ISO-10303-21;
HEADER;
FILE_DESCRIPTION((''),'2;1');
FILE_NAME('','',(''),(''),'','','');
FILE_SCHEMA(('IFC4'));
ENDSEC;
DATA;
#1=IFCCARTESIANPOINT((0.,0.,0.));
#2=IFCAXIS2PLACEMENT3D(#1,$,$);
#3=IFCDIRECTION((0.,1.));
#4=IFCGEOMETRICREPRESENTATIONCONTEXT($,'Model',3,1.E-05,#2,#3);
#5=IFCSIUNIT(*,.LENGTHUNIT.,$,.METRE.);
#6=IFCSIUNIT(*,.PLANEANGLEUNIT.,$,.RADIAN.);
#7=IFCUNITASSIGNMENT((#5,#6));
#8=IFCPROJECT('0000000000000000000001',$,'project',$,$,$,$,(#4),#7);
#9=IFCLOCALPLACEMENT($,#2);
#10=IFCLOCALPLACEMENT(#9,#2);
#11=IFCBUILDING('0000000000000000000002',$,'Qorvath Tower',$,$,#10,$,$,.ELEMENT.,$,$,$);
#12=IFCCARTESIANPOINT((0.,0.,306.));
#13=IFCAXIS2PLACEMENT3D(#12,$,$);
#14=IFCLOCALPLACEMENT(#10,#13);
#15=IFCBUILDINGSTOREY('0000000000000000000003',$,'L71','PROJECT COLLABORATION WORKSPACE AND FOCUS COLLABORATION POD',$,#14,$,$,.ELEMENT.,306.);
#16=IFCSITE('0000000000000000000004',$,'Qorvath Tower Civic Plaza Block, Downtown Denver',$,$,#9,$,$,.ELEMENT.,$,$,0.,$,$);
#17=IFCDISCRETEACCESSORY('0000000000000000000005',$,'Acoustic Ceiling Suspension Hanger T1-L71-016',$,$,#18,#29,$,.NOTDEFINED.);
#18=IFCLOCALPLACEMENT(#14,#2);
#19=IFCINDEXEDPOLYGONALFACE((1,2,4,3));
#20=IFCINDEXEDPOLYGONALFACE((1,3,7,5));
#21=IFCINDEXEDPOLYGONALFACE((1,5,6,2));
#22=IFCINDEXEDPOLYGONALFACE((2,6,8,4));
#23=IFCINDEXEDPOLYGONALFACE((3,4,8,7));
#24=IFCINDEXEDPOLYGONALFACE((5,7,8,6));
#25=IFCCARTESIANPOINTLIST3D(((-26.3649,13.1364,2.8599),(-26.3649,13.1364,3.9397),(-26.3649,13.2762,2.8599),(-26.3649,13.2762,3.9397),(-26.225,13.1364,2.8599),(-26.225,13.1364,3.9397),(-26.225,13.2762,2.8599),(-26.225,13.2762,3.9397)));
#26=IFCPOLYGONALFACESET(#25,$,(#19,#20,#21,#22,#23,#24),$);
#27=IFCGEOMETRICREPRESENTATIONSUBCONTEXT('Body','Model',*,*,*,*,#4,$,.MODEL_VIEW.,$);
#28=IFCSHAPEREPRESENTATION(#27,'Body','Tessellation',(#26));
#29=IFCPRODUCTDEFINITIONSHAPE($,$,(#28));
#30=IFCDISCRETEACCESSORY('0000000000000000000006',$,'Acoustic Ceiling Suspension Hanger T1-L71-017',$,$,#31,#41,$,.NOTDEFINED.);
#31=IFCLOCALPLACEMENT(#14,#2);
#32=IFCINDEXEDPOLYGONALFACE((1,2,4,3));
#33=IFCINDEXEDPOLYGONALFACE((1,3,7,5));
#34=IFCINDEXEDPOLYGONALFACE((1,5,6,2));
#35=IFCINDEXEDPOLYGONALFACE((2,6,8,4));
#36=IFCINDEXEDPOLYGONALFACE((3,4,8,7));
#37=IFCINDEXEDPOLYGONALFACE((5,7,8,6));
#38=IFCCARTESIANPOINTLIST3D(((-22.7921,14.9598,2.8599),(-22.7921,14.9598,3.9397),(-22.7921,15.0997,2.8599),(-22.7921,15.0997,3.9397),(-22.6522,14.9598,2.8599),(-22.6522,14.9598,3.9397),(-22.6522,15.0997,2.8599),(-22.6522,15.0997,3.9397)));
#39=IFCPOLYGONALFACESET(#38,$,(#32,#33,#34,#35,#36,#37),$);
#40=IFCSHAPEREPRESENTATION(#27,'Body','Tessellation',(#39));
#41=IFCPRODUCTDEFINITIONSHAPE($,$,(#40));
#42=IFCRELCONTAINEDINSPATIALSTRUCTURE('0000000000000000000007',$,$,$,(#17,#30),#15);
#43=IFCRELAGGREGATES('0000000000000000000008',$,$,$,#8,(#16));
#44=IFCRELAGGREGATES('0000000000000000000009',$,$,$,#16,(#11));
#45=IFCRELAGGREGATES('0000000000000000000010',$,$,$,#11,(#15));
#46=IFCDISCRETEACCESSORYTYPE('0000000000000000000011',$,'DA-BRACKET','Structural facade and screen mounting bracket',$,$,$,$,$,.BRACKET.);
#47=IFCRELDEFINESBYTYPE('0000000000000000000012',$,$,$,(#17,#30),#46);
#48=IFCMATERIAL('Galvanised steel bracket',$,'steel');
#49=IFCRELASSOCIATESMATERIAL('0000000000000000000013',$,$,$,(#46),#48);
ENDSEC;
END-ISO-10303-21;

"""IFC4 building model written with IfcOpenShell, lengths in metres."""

from ifc_helpers import new_model, si_unit, direction, frame, origin, origin_2d, place, context, subcontext, project, spatial, rectangle, extrude, material, type_object, element, save


model = new_model("IFC4")

# Units and contexts
model_context = context("Model", 3, precision=1e-05, world=origin(), true_north=direction((0.0, 1.0)))
body_context = subcontext(model_context, "Body", "Model", "MODEL_VIEW")
ifc_project = project(units=[si_unit("LENGTHUNIT", "METRE"), si_unit("PLANEANGLEUNIT", "RADIAN")], contexts=[model_context])

# Site, building, storey
site_placement = place(None, origin())
site = spatial("IfcSite", under=ifc_project, at=site_placement, Name="Qorvath Tower Civic Plaza Block, Downtown Denver", CompositionType="ELEMENT", RefElevation=0.0)
building_placement = place(site_placement, origin())
building = spatial("IfcBuilding", under=site, at=building_placement, Name="Qorvath Tower", CompositionType="ELEMENT")
storey_placement = place(building_placement, frame((0.0, 0.0, 306.0)))
storey = spatial("IfcBuildingStorey", under=building, at=storey_placement, Name="L71", Description="PROJECT COLLABORATION WORKSPACE AND FOCUS COLLABORATION POD", CompositionType="ELEMENT", Elevation=306.0)

# Discrete accessories
ifc_material_1 = material(Name="Galvanised steel bracket", Category="steel")
discrete_accessory_type = type_object("IfcDiscreteAccessoryType", Name="DA-BRACKET", Description="Structural facade and screen mounting bracket", PredefinedType="BRACKET", material=ifc_material_1)
for number, where, z_axis, x_axis, name in (
    (1, (-26.2949, 13.2063, 2.8599), (0.0, 0.0, 1.0), (1.0, 0.0, 0.0), "Acoustic Ceiling Suspension Hanger T1-L71-016"),
    (2, (-22.7222, 15.0298, 2.8599), (0.0, 0.0, 1.0), (1.0, 0.0, 0.0), "Acoustic Ceiling Suspension Hanger T1-L71-017"),
):
    element("IfcDiscreteAccessory", number, at=place(storey_placement, frame(where, z_axis=z_axis, x_axis=x_axis)), inside=storey, type_object=discrete_accessory_type, Name=name, PredefinedType="NOTDEFINED", context=body_context, shape_type="SweptSolid", body=[
        extrude(rectangle(XDim=0.1399, YDim=0.1399, at=origin_2d()), origin(), (0.0, 0.0, 1.0), 1.0798),
    ])

save(model, "model.ifc")
